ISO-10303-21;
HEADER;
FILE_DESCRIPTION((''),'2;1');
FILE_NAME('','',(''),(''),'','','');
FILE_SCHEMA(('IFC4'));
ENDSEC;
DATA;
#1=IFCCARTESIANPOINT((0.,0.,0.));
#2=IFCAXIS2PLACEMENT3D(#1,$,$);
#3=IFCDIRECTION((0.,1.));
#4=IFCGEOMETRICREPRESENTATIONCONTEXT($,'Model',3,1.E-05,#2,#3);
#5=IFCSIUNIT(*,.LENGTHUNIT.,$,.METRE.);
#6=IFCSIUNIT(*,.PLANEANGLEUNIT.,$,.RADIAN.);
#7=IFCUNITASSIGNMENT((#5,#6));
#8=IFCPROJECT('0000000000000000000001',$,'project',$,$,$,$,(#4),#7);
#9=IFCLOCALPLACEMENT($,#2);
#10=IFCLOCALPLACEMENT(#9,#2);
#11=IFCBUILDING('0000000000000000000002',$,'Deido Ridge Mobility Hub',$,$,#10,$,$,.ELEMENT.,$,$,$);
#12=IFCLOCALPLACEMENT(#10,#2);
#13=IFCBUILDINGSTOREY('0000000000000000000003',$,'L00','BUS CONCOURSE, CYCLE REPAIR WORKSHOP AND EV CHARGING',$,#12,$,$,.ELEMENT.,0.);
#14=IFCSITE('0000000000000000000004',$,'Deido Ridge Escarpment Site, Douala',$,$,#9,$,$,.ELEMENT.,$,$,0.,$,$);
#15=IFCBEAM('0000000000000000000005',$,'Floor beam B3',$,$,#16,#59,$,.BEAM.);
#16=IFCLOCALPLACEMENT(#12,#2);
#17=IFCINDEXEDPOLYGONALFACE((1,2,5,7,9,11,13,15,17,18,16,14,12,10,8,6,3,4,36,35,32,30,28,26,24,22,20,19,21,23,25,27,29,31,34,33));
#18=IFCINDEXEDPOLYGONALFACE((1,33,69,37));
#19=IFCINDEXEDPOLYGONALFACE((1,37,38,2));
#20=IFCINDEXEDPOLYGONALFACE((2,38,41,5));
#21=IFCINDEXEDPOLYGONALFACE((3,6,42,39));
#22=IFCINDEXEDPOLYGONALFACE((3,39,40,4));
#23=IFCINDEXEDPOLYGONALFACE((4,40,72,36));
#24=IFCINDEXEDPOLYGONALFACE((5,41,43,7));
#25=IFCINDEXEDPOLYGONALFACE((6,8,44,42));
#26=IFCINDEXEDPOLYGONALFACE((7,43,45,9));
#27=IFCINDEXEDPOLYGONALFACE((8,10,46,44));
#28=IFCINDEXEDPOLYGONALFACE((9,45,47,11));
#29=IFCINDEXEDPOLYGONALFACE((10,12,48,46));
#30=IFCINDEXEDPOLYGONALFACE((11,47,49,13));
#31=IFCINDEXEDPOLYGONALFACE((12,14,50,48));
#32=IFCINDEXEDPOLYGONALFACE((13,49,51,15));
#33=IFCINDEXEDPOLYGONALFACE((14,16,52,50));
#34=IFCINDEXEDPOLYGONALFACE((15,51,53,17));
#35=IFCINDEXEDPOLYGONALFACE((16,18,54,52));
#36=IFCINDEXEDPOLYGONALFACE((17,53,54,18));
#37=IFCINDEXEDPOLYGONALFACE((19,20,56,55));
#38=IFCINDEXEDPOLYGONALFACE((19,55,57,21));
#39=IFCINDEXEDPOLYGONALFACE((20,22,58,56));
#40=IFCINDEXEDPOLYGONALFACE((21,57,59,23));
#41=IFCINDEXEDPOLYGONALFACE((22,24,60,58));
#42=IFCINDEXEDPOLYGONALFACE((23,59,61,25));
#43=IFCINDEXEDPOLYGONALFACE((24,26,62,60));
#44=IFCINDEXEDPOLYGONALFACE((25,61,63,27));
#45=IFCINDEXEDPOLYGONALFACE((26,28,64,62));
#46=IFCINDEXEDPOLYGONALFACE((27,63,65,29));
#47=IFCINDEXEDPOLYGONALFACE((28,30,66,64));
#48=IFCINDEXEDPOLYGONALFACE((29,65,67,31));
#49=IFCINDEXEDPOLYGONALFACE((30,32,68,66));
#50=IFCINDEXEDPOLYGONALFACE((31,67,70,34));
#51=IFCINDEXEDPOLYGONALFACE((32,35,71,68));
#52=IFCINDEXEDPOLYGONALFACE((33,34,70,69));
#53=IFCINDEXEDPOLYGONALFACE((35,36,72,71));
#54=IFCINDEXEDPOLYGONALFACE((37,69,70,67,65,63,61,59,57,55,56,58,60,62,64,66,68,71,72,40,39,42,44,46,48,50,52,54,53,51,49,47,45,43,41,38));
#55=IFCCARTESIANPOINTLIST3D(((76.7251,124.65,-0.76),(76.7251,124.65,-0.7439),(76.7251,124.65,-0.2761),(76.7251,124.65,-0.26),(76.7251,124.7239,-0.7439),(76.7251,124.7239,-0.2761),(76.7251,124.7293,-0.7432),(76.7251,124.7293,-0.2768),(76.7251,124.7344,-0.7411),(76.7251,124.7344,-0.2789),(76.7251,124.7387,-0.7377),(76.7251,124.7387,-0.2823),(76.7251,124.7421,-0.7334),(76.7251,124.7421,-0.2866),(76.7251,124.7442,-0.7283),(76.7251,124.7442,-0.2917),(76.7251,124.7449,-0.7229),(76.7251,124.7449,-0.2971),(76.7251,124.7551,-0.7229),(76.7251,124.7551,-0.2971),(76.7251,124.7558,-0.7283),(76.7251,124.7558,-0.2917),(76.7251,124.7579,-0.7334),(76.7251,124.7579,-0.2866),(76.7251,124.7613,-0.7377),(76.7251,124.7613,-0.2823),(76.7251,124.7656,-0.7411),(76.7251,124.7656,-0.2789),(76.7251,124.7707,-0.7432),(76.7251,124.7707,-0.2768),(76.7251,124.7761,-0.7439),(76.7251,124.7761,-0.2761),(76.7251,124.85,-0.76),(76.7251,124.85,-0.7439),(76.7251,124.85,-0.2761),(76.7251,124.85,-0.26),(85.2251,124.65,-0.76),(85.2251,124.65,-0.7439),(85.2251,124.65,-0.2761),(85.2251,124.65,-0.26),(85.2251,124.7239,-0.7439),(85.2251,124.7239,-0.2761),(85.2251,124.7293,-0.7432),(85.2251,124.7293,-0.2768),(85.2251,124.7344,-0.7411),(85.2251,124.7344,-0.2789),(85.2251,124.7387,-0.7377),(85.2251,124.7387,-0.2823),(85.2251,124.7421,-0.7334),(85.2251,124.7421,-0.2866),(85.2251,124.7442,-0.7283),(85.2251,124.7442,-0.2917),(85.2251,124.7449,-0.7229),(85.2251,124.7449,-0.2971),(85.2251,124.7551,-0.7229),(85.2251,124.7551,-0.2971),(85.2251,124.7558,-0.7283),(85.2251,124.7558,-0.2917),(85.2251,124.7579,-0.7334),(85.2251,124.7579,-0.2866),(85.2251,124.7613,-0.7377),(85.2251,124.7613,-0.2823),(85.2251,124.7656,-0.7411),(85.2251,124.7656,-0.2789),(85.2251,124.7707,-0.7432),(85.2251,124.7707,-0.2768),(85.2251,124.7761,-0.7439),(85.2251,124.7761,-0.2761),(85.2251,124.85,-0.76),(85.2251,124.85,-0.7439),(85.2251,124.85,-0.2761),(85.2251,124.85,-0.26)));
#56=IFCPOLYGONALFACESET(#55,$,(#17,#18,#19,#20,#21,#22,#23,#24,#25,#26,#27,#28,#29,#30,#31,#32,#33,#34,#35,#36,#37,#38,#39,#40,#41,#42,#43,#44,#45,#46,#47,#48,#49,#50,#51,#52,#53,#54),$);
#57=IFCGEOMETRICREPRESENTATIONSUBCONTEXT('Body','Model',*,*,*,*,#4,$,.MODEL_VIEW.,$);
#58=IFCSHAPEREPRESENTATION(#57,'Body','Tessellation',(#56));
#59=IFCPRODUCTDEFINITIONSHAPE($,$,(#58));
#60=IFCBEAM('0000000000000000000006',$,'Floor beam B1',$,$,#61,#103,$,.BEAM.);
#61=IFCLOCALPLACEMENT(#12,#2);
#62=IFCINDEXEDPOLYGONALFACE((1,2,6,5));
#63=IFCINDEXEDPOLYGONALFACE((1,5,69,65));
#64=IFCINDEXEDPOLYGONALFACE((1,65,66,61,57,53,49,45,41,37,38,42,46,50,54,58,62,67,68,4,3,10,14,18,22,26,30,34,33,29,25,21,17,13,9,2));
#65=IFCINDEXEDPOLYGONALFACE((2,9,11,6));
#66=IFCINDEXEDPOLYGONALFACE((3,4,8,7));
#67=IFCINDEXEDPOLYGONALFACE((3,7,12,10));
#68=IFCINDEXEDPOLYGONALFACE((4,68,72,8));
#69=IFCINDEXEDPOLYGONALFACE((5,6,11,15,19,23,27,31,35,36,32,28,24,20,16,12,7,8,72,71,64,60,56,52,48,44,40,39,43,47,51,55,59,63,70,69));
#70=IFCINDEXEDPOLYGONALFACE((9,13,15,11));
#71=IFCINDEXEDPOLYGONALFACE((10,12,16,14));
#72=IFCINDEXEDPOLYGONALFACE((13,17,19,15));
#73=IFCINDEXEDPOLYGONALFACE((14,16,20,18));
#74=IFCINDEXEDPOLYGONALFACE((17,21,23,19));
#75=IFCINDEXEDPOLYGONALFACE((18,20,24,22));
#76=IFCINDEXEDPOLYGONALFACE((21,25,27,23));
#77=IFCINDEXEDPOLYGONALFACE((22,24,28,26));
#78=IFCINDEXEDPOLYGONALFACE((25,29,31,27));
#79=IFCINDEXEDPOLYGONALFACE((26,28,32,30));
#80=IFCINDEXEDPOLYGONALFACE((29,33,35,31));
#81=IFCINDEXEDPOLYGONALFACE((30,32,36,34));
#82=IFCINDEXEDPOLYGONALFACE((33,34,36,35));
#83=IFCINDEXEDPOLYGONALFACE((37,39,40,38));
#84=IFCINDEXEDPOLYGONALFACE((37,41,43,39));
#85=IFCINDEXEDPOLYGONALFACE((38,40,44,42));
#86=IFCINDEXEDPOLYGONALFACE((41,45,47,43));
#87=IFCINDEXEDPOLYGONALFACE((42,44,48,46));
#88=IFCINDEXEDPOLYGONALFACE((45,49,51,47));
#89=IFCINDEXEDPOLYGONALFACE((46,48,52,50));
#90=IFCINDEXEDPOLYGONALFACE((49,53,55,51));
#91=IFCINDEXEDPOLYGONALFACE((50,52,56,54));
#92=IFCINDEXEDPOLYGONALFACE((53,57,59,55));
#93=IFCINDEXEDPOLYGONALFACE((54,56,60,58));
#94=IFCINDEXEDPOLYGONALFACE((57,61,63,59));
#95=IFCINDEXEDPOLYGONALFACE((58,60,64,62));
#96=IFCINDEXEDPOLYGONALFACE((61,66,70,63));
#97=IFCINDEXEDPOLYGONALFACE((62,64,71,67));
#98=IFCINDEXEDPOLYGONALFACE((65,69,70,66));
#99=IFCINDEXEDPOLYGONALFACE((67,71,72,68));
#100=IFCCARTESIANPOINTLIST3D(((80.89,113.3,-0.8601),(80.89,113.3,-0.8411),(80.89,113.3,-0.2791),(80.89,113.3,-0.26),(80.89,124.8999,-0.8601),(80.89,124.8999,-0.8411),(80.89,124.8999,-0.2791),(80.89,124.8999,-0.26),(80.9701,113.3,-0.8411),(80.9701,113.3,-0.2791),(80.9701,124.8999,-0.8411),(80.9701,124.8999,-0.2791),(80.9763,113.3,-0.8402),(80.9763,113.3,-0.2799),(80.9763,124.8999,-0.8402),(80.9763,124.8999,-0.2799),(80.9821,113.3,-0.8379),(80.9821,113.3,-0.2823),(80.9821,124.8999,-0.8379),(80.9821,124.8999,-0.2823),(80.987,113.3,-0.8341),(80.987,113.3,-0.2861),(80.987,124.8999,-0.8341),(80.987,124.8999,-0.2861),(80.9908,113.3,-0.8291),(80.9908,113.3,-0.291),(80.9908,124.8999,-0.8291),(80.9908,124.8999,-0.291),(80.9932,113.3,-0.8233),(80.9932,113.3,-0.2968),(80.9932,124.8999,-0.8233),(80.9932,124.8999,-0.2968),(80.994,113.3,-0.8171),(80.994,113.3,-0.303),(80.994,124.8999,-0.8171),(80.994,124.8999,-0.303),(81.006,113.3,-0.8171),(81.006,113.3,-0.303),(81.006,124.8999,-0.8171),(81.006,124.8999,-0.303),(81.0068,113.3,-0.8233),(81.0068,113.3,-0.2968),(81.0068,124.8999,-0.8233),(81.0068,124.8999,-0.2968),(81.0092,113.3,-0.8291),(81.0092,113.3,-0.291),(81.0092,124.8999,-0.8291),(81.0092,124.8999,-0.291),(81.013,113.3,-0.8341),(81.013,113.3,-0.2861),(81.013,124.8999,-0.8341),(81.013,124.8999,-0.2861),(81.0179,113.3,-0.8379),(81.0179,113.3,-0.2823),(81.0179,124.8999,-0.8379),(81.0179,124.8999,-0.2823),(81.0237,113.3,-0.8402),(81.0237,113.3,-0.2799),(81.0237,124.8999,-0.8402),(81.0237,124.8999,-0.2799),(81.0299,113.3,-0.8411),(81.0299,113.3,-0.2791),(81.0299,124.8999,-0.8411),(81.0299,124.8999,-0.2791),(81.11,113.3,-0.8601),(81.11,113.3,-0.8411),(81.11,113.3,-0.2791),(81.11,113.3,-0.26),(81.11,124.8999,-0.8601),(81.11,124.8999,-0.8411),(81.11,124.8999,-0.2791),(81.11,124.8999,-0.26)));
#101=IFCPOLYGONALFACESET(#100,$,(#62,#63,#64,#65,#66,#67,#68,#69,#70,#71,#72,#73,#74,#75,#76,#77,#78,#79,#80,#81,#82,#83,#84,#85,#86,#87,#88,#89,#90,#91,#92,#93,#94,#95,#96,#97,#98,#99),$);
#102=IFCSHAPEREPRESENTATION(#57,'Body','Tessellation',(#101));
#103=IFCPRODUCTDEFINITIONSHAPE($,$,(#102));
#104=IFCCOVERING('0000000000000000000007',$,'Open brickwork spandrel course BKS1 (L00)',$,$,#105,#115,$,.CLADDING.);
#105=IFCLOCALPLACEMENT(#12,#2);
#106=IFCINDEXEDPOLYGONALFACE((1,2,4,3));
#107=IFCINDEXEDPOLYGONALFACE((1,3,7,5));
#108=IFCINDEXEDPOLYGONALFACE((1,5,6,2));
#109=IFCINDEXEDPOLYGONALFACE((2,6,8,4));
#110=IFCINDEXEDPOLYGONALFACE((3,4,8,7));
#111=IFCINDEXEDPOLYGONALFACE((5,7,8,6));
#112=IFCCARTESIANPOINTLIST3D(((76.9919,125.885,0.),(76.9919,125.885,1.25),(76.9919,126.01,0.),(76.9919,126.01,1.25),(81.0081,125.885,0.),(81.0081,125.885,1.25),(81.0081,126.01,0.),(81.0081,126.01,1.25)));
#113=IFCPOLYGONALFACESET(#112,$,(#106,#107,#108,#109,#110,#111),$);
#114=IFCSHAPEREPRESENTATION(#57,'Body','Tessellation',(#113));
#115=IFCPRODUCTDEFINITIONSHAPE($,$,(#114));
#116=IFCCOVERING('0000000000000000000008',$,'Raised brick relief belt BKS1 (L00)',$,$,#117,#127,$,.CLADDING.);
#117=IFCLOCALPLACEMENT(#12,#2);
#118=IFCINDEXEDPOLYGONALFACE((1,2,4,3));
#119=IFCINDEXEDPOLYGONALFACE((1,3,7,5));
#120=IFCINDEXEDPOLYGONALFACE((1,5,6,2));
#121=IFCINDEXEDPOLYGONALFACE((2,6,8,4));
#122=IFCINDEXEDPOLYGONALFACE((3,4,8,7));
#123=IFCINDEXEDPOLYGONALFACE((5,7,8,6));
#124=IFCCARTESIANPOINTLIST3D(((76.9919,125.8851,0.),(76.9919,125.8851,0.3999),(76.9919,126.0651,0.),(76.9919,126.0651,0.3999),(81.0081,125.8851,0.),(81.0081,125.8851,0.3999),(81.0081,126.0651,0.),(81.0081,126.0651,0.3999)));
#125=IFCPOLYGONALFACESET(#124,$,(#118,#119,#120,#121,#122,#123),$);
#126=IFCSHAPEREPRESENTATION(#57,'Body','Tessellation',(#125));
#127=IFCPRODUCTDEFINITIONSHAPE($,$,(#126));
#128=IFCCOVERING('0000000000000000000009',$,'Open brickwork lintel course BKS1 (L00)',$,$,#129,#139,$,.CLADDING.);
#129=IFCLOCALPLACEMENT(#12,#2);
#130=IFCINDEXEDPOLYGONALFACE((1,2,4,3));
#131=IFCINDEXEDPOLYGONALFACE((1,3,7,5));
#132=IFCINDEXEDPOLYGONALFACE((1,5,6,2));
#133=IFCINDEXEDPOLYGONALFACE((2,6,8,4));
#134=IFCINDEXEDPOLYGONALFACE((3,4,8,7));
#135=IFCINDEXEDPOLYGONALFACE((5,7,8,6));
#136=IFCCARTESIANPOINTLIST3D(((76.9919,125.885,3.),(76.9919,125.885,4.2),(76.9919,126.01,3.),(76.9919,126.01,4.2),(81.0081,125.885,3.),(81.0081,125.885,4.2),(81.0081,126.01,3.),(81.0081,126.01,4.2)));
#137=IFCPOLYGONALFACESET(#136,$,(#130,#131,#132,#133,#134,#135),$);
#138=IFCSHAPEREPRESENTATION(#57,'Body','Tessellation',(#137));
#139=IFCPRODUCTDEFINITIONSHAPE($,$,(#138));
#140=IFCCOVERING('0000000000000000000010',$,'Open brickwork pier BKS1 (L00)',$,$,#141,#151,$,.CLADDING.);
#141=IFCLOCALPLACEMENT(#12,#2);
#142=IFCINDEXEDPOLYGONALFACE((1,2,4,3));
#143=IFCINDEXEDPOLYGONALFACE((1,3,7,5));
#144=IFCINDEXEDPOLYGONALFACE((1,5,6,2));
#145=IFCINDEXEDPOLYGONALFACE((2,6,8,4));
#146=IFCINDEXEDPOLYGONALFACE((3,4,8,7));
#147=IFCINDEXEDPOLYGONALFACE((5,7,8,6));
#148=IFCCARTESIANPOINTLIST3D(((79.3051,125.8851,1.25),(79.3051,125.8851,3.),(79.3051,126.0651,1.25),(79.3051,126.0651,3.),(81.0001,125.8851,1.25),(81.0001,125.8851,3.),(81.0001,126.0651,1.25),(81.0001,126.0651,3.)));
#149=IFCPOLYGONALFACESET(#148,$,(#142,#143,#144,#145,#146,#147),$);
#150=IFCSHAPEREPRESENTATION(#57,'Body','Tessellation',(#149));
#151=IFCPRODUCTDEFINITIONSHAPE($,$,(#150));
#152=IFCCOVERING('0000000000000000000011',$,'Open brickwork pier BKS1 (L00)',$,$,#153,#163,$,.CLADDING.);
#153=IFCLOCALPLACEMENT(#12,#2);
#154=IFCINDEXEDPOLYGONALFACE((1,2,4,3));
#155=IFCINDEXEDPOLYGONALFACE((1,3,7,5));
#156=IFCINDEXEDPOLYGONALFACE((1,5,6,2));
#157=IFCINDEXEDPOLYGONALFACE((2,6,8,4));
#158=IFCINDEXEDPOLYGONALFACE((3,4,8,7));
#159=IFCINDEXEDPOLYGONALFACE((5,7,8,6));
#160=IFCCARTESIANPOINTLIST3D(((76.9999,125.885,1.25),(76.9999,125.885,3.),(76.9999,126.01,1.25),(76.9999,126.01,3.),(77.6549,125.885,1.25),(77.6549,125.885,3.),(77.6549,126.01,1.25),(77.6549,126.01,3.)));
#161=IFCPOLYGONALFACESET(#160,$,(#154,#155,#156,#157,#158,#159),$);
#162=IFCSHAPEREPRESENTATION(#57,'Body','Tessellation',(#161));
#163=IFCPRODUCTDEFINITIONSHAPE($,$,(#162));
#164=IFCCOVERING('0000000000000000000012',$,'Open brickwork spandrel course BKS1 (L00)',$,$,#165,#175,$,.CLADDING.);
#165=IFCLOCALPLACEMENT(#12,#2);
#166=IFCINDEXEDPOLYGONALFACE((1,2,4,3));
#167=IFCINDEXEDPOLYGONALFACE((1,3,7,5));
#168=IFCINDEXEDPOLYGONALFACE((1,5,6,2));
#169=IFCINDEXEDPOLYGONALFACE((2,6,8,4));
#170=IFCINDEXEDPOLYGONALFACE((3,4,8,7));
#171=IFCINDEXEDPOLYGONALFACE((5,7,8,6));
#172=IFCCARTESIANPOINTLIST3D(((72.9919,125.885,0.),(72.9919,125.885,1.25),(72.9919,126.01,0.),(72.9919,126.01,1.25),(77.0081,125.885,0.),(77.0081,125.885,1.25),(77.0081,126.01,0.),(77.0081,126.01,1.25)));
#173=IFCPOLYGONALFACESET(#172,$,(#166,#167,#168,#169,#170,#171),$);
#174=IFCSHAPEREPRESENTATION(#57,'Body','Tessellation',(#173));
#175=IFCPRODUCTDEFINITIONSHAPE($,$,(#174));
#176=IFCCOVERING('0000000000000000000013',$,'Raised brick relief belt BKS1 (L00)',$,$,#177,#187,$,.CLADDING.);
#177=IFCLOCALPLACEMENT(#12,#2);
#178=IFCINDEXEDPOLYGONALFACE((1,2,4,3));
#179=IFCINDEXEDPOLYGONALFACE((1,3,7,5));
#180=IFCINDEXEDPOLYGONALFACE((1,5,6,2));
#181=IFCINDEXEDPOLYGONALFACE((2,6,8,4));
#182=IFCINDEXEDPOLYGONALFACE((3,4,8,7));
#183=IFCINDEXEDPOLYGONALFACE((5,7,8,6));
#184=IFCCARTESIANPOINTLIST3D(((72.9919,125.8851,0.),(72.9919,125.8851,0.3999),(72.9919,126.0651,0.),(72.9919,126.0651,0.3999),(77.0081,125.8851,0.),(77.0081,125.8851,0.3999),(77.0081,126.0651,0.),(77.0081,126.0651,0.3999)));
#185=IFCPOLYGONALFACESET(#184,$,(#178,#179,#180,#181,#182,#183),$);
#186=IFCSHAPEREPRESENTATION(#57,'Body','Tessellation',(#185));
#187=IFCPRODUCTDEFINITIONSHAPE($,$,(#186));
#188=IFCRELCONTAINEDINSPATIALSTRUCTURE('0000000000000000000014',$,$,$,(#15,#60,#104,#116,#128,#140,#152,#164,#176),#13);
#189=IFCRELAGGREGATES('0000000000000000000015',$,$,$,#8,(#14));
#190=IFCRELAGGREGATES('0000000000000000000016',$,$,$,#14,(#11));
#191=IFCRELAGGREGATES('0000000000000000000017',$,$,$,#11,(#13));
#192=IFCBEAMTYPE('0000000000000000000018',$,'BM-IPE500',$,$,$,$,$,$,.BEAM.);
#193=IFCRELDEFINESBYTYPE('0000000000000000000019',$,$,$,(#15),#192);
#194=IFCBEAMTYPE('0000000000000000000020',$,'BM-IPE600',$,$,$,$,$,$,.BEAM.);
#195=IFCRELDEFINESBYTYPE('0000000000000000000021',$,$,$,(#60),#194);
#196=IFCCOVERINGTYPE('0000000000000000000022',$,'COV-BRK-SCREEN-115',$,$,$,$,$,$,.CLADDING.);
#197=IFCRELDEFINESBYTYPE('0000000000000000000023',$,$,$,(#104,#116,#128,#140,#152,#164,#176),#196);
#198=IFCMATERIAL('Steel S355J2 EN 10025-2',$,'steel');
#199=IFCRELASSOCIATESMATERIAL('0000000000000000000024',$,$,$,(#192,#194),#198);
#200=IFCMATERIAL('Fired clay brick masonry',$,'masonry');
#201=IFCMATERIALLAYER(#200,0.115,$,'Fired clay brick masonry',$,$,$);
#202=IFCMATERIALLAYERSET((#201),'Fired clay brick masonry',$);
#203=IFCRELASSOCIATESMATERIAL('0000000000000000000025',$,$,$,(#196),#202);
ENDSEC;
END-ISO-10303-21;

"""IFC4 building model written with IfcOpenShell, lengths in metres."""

from ifc_helpers import new_model, si_unit, direction, frame, origin, origin_2d, place, context, subcontext, project, spatial, rectangle, i_section, extrude, material, layer, layer_set, material_profile, profile_set, type_object, element, save


model = new_model("IFC4")

# Units and contexts
model_context = context("Model", 3, precision=1e-05, world=origin(), true_north=direction((0.0, 1.0)))
body_context = subcontext(model_context, "Body", "Model", "MODEL_VIEW")
ifc_project = project(units=[si_unit("LENGTHUNIT", "METRE"), si_unit("PLANEANGLEUNIT", "RADIAN")], contexts=[model_context])

# Site, building, storey
site_placement = place(None, origin())
site = spatial("IfcSite", under=ifc_project, at=site_placement, Name="Deido Ridge Escarpment Site, Douala", CompositionType="ELEMENT", RefElevation=0.0)
building_placement = place(site_placement, origin())
building = spatial("IfcBuilding", under=site, at=building_placement, Name="Deido Ridge Mobility Hub", CompositionType="ELEMENT")
storey_placement = place(building_placement, origin())
storey = spatial("IfcBuildingStorey", under=building, at=storey_placement, Name="L00", Description="BUS CONCOURSE, CYCLE REPAIR WORKSHOP AND EV CHARGING", CompositionType="ELEMENT", Elevation=0.0)

# Shared definitions
ifc_material_1 = material(Name="Steel S355J2 EN 10025-2", Category="steel")

# Beams
ifc_material_profile_1 = material_profile(ifc_material_1, i_section(OverallWidth=0.2, OverallDepth=0.5, WebThickness=0.0103, FlangeThickness=0.0161, FilletRadius=0.021, at=origin_2d()), Name="IPE 500")
ifc_profile_set_1 = profile_set([ifc_material_profile_1], Name="Steel S355J2 EN 10025-2")
beam_type_1 = type_object("IfcBeamType", Name="BM-IPE500", PredefinedType="BEAM", material=ifc_profile_set_1)
for number, where, z_axis, x_axis, name in (
    (1, (76.7251, 124.75, -0.51), (1.0, 0.0, 0.0), (0.0, 1.0, 0.0), "Floor beam B3"),
):
    element("IfcBeam", number, at=place(storey_placement, frame(where, z_axis=z_axis, x_axis=x_axis)), inside=storey, type_object=beam_type_1, Name=name, PredefinedType="BEAM", context=body_context, shape_type="SweptSolid", body=[
        extrude(i_section(OverallWidth=0.2, OverallDepth=0.5, WebThickness=0.0103, FlangeThickness=0.0161, FilletRadius=0.021, at=origin_2d()), origin(), (0.0, 0.0, 1.0), 8.5),
    ])
ifc_material_profile_2 = material_profile(ifc_material_1, i_section(OverallWidth=0.22, OverallDepth=0.6001, WebThickness=0.012, FlangeThickness=0.019, FilletRadius=0.0239, at=origin_2d()), Name="IPE 600")
ifc_profile_set_2 = profile_set([ifc_material_profile_2], Name="Steel S355J2 EN 10025-2")
beam_type_2 = type_object("IfcBeamType", Name="BM-IPE600", PredefinedType="BEAM", material=ifc_profile_set_2)
beam_placement = place(storey_placement, frame((81.0, 113.3, -0.5601), z_axis=(0.0, 1.0, 0.0), x_axis=(-1.0, 0.0, 0.0)))
element("IfcBeam", 2, at=beam_placement, inside=storey, type_object=beam_type_2, Name="Floor beam B1", PredefinedType="BEAM", context=body_context, shape_type="SweptSolid", body=[
    extrude(i_section(OverallWidth=0.22, OverallDepth=0.6001, WebThickness=0.012, FlangeThickness=0.019, FilletRadius=0.0239, at=origin_2d()), origin(), (0.0, 0.0, 1.0), 11.5999),
])

# Coverings
ifc_material_2 = material(Name="Fired clay brick masonry", Category="masonry")
ifc_layer = layer(ifc_material_2, 0.115, Name="Fired clay brick masonry")
ifc_layer_set = layer_set([ifc_layer], Name="Fired clay brick masonry")
covering_type = type_object("IfcCoveringType", Name="COV-BRK-SCREEN-115", PredefinedType="CLADDING", material=ifc_layer_set)
covering_1_placement = place(storey_placement, frame((79.0, 125.9475, 0.0), z_axis=(0.0, 0.0, 1.0), x_axis=(-1.0, 0.0, 0.0)))
element("IfcCovering", 3, at=covering_1_placement, inside=storey, type_object=covering_type, Name="Open brickwork spandrel course BKS1 (L00)", PredefinedType="CLADDING", context=body_context, shape_type="SweptSolid", body=[
    extrude(rectangle(XDim=4.0161, YDim=0.125, at=origin_2d()), origin(), (0.0, 0.0, 1.0), 1.25),
])
covering_2_placement = place(storey_placement, frame((79.0, 125.9751, 0.0), z_axis=(0.0, 0.0, 1.0), x_axis=(-1.0, 0.0, 0.0)))
element("IfcCovering", 4, at=covering_2_placement, inside=storey, type_object=covering_type, Name="Raised brick relief belt BKS1 (L00)", PredefinedType="CLADDING", context=body_context, shape_type="SweptSolid", body=[
    extrude(rectangle(XDim=4.0161, YDim=0.1799, at=origin_2d()), origin(), (0.0, 0.0, 1.0), 0.3999),
])
covering_3_placement = place(storey_placement, frame((79.0, 125.9475, 3.0), z_axis=(0.0, 0.0, 1.0), x_axis=(-1.0, 0.0, 0.0)))
element("IfcCovering", 5, at=covering_3_placement, inside=storey, type_object=covering_type, Name="Open brickwork lintel course BKS1 (L00)", PredefinedType="CLADDING", context=body_context, shape_type="SweptSolid", body=[
    extrude(rectangle(XDim=4.0161, YDim=0.125, at=origin_2d()), origin(), (0.0, 0.0, 1.0), 1.2),
])
covering_4_placement = place(storey_placement, frame((80.1526, 125.9751, 1.25), z_axis=(0.0, 0.0, 1.0), x_axis=(-1.0, 0.0, 0.0)))
element("IfcCovering", 6, at=covering_4_placement, inside=storey, type_object=covering_type, Name="Open brickwork pier BKS1 (L00)", PredefinedType="CLADDING", context=body_context, shape_type="SweptSolid", body=[
    extrude(rectangle(XDim=1.6951, YDim=0.1799, at=origin_2d()), origin(), (0.0, 0.0, 1.0), 1.75),
])
covering_5_placement = place(storey_placement, frame((77.3274, 125.9475, 1.25), z_axis=(0.0, 0.0, 1.0), x_axis=(-1.0, 0.0, 0.0)))
element("IfcCovering", 7, at=covering_5_placement, inside=storey, type_object=covering_type, Name="Open brickwork pier BKS1 (L00)", PredefinedType="CLADDING", context=body_context, shape_type="SweptSolid", body=[
    extrude(rectangle(XDim=0.655, YDim=0.125, at=origin_2d()), origin(), (0.0, 0.0, 1.0), 1.75),
])
covering_6_placement = place(storey_placement, frame((75.0, 125.9475, 0.0), z_axis=(0.0, 0.0, 1.0), x_axis=(-1.0, 0.0, 0.0)))
element("IfcCovering", 8, at=covering_6_placement, inside=storey, type_object=covering_type, Name="Open brickwork spandrel course BKS1 (L00)", PredefinedType="CLADDING", context=body_context, shape_type="SweptSolid", body=[
    extrude(rectangle(XDim=4.0161, YDim=0.125, at=origin_2d()), origin(), (0.0, 0.0, 1.0), 1.25),
])
covering_7_placement = place(storey_placement, frame((75.0, 125.9751, 0.0), z_axis=(0.0, 0.0, 1.0), x_axis=(-1.0, 0.0, 0.0)))
element("IfcCovering", 9, at=covering_7_placement, inside=storey, type_object=covering_type, Name="Raised brick relief belt BKS1 (L00)", PredefinedType="CLADDING", context=body_context, shape_type="SweptSolid", body=[
    extrude(rectangle(XDim=4.0161, YDim=0.1799, at=origin_2d()), origin(), (0.0, 0.0, 1.0), 0.3999),
])

save(model, "model.ifc")
